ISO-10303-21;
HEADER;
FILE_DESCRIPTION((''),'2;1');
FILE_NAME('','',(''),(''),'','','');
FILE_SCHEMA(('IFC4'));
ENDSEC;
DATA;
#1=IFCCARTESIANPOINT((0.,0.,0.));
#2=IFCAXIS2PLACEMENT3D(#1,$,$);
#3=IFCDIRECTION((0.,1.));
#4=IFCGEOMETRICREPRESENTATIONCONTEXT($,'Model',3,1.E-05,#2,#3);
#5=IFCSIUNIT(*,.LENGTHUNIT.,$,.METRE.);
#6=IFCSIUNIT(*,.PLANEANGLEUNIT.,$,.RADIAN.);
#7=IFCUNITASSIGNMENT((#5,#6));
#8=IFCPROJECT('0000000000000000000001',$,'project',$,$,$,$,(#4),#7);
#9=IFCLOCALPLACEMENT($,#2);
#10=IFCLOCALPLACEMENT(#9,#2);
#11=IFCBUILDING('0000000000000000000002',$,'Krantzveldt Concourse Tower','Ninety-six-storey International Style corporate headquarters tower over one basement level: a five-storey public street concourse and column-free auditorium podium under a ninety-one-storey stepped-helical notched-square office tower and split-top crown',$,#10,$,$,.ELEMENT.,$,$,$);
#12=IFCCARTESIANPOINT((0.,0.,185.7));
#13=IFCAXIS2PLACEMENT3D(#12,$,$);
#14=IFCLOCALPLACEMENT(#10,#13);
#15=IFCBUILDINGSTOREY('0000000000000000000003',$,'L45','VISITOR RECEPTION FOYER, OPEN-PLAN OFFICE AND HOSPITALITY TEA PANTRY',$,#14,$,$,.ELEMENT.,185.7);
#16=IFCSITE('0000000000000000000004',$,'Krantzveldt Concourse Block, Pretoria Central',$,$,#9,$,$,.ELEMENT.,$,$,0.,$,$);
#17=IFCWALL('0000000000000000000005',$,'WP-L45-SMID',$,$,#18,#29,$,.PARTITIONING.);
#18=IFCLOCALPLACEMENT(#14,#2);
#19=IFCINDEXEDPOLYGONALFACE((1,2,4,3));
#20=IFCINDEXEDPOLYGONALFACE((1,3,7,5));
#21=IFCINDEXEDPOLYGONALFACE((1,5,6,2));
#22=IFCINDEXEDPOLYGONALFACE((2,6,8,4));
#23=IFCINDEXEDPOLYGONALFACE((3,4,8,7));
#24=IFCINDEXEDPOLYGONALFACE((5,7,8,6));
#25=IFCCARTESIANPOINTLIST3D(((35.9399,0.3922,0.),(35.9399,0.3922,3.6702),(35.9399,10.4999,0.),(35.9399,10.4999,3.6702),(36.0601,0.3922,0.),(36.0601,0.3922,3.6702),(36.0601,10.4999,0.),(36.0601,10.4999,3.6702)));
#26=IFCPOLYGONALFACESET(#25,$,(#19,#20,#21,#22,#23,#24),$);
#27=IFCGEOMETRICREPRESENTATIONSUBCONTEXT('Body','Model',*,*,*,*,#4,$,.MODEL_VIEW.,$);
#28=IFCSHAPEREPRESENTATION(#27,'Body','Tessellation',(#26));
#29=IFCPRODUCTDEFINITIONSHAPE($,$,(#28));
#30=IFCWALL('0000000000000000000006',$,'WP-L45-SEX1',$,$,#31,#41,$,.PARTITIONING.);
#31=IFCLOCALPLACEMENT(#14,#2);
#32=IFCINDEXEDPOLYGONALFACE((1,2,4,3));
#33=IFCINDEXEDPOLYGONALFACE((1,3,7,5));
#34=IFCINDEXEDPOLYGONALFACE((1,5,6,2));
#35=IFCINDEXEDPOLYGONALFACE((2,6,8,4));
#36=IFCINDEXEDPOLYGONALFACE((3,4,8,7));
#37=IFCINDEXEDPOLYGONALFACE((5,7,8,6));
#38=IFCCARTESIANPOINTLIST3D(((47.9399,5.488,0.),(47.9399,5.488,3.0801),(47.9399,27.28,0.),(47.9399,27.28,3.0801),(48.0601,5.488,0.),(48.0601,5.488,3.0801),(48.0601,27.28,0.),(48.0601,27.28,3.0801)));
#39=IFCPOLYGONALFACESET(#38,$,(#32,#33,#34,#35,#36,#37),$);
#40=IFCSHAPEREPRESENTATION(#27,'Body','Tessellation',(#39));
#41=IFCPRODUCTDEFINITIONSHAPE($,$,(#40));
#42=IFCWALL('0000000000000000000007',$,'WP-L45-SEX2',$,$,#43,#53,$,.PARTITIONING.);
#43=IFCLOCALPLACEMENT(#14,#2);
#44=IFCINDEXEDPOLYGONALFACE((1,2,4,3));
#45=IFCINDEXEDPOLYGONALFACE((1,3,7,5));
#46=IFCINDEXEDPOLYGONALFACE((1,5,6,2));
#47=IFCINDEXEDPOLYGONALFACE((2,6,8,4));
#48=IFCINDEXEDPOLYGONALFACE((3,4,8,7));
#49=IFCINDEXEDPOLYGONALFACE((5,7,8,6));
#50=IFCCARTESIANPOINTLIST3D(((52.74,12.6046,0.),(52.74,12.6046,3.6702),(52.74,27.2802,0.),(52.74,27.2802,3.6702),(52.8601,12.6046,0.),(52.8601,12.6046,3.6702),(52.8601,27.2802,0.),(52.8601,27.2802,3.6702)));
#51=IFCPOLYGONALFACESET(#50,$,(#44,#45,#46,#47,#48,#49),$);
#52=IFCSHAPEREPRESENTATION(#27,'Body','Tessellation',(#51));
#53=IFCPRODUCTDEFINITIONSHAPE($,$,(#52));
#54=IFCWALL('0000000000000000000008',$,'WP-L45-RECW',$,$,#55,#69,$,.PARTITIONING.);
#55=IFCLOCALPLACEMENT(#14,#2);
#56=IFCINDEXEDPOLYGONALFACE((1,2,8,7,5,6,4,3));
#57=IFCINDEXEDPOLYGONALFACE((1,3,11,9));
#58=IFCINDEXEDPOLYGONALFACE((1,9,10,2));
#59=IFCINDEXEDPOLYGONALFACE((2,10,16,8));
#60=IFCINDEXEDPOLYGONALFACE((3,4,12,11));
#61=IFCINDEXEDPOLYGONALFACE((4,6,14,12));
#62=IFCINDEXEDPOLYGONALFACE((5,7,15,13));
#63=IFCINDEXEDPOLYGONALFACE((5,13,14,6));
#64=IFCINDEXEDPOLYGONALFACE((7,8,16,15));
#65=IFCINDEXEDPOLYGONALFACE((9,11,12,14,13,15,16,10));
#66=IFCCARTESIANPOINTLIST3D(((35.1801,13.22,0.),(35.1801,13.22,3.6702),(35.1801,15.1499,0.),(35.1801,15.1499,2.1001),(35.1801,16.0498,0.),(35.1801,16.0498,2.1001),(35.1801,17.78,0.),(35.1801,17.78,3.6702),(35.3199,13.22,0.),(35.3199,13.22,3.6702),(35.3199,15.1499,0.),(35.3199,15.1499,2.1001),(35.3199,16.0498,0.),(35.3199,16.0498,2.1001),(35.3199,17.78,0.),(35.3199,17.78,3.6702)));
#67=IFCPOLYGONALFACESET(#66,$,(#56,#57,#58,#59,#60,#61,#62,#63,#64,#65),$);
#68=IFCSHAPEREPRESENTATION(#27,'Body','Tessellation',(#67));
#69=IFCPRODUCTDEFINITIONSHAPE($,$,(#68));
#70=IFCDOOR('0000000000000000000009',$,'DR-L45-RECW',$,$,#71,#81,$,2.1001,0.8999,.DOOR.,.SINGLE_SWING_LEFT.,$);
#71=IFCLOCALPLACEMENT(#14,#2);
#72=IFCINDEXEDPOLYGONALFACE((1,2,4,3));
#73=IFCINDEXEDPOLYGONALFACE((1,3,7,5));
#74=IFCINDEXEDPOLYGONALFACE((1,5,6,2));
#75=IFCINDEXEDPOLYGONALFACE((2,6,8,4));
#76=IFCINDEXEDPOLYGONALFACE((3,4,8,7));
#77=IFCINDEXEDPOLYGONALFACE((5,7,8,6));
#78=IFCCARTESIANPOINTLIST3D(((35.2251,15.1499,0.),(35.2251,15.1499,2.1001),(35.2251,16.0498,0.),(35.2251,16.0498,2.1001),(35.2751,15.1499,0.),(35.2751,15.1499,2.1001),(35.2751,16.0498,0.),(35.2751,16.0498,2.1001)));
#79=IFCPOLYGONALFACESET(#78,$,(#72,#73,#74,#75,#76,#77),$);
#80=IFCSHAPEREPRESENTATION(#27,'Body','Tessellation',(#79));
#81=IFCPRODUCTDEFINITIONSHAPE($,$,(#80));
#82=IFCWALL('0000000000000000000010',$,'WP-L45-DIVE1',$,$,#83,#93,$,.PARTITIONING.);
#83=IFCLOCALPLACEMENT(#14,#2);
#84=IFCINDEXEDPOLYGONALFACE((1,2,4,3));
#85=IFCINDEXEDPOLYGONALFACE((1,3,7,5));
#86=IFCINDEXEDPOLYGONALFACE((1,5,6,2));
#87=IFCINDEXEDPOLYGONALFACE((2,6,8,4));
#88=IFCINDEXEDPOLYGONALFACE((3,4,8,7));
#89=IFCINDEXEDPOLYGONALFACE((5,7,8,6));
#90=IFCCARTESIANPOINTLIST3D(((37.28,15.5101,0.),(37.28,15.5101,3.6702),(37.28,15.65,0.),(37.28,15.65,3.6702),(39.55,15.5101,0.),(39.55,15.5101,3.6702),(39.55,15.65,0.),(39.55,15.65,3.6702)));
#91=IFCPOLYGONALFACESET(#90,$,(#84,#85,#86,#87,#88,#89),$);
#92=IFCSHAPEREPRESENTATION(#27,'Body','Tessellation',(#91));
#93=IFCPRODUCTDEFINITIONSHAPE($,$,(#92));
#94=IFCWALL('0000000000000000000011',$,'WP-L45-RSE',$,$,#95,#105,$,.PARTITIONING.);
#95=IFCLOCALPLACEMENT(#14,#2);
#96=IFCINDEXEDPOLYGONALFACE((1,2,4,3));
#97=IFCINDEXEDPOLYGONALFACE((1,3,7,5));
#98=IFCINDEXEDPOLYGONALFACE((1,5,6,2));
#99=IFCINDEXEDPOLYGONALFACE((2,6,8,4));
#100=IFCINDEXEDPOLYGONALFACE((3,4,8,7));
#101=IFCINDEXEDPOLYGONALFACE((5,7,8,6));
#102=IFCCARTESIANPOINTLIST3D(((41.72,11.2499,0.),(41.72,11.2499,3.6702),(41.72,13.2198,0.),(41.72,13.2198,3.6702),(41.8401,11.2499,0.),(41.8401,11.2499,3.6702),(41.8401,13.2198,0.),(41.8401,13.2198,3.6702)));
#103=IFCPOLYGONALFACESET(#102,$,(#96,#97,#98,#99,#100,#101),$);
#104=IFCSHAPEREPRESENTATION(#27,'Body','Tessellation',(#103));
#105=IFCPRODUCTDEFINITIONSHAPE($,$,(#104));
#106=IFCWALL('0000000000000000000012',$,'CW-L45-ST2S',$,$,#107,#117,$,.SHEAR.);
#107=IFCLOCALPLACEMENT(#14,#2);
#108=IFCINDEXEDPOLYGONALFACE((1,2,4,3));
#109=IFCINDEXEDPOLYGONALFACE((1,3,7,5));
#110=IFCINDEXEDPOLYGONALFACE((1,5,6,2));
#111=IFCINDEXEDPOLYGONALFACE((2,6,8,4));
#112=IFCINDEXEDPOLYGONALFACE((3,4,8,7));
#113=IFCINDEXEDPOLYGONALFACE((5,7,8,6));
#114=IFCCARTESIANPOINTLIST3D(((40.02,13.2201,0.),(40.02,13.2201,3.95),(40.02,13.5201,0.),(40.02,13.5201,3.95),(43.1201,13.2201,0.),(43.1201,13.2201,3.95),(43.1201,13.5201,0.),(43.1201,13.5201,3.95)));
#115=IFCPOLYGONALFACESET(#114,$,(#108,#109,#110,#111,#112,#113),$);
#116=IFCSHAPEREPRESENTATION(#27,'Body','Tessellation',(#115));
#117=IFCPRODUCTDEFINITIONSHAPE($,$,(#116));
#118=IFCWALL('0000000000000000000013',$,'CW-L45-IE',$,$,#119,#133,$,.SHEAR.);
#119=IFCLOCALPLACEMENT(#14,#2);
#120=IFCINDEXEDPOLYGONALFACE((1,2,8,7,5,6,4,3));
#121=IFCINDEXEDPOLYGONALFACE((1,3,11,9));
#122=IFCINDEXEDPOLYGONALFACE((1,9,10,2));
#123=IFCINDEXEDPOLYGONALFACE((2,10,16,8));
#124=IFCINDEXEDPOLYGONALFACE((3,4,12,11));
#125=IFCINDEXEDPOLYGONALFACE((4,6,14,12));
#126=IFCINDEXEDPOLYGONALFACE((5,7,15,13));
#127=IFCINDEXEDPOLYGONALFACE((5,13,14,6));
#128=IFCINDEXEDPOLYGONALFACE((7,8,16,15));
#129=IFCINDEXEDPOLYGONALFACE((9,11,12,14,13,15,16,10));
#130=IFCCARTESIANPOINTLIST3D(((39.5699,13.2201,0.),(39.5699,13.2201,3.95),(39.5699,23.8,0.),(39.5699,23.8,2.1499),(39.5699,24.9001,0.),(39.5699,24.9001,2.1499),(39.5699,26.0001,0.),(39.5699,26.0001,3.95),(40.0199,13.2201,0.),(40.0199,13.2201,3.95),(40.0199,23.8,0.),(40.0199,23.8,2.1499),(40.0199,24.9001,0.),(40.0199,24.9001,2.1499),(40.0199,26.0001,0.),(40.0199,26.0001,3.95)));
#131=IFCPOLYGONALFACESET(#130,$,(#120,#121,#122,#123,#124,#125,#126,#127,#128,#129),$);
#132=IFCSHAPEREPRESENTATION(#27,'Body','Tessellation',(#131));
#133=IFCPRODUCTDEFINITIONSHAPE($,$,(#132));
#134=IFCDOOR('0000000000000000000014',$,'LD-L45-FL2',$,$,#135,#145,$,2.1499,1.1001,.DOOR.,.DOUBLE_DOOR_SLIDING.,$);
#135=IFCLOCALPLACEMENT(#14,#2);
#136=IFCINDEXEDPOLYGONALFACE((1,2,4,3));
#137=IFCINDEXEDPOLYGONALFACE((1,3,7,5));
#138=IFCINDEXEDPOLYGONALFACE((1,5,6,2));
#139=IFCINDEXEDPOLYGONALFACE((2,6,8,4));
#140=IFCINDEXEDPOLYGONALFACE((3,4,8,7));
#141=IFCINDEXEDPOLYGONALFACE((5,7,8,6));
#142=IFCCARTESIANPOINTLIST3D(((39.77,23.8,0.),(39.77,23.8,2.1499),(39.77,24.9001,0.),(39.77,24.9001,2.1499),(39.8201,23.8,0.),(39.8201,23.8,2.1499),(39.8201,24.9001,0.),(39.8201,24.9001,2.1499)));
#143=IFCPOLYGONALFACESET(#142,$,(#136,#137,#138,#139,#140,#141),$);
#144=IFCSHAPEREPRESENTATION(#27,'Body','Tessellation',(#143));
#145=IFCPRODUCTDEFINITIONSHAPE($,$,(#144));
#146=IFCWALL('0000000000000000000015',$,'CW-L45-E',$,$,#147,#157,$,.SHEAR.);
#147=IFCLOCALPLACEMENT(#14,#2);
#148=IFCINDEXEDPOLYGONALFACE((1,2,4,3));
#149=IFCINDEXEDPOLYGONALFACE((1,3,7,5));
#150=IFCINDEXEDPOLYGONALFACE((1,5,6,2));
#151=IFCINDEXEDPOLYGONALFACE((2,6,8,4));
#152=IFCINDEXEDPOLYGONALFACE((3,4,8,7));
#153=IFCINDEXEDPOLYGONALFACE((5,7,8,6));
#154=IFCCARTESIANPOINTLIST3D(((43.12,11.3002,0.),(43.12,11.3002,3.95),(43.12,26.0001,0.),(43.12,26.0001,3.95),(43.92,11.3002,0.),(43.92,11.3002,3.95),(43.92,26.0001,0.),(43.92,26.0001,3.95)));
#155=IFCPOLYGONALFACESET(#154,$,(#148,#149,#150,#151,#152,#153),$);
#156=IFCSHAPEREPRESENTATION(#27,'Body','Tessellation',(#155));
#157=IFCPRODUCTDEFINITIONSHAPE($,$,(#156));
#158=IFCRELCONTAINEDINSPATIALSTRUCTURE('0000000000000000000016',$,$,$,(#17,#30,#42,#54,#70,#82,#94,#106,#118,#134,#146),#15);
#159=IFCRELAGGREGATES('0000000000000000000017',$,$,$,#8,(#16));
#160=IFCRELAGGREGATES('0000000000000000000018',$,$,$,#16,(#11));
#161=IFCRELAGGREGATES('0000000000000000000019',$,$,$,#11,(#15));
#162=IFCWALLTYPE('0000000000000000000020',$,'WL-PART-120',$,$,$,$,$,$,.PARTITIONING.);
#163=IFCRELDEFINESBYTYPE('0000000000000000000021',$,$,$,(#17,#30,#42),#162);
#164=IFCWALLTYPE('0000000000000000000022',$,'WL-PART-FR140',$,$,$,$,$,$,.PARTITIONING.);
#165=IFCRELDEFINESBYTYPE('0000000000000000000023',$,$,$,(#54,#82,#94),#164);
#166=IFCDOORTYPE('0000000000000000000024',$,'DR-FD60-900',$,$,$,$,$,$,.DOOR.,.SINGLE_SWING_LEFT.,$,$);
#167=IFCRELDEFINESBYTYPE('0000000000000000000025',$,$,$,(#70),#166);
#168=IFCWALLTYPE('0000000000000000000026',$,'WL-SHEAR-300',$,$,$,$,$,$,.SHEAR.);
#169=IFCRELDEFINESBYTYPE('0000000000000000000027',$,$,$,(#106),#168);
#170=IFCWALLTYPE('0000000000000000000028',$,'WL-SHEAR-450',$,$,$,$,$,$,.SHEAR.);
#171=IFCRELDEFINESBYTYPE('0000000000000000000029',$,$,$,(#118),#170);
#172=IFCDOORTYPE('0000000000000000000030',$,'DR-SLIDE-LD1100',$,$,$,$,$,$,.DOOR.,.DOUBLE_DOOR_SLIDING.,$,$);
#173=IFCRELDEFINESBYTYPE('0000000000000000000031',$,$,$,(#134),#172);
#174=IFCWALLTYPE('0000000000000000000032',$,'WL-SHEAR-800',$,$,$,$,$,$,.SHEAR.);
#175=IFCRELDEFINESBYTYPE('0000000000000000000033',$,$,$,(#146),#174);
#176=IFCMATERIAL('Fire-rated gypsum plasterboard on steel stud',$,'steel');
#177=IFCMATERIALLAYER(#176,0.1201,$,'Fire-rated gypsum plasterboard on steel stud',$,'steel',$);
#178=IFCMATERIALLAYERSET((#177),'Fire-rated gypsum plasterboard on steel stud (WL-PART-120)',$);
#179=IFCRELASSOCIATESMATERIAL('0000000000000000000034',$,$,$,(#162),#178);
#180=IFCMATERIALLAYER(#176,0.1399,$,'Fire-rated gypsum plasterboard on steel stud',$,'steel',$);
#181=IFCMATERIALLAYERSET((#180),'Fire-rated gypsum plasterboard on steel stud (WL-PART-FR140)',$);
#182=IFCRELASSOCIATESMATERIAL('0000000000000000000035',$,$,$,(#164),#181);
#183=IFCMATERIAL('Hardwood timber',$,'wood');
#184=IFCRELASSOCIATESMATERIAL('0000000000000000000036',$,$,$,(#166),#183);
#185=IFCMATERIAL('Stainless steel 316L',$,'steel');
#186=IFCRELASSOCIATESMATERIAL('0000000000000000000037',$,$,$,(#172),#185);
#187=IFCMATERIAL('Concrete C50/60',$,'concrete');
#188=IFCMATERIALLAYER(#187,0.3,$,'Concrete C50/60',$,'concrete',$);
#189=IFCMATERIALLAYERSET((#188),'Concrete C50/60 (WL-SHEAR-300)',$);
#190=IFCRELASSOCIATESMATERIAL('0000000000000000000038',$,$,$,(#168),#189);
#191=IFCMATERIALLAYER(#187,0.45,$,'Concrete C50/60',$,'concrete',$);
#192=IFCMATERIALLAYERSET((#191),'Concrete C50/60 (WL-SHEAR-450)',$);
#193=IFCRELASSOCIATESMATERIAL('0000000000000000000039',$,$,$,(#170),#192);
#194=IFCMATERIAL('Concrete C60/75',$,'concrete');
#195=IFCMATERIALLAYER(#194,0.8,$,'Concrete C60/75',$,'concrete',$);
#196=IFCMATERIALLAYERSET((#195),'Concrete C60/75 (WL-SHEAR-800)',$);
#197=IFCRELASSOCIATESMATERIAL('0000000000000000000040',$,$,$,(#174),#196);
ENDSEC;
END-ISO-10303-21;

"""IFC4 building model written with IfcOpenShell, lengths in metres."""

from ifc_helpers import new_model, si_unit, direction, frame, frame_2d, origin, place, context, subcontext, project, spatial, rectangle, extrude, material, layer, layer_set, type_object, element, fill, save


model = new_model("IFC4")

# Units and contexts
model_context = context("Model", 3, precision=1e-05, world=origin(), true_north=direction((0.0, 1.0)))
body_context = subcontext(model_context, "Body", "Model", "MODEL_VIEW")
ifc_project = project(units=[si_unit("LENGTHUNIT", "METRE"), si_unit("PLANEANGLEUNIT", "RADIAN")], contexts=[model_context])

# Site, building, storey
site_placement = place(None, origin())
site = spatial("IfcSite", under=ifc_project, at=site_placement, Name="Krantzveldt Concourse Block, Pretoria Central", CompositionType="ELEMENT", RefElevation=0.0)
building_placement = place(site_placement, origin())
building = spatial("IfcBuilding", under=site, at=building_placement, Name="Krantzveldt Concourse Tower", Description="Ninety-six-storey International Style corporate headquarters tower over one basement level: a five-storey public street concourse and column-free auditorium podium under a ninety-one-storey stepped-helical notched-square office tower and split-top crown", CompositionType="ELEMENT")
storey_placement = place(building_placement, frame((0.0, 0.0, 185.7)))
storey = spatial("IfcBuildingStorey", under=building, at=storey_placement, Name="L45", Description="VISITOR RECEPTION FOYER, OPEN-PLAN OFFICE AND HOSPITALITY TEA PANTRY", CompositionType="ELEMENT", Elevation=185.7)

# Shared definitions
ifc_material_1 = material(Name="Concrete C50/60", Category="concrete")

# Walls
ifc_material_2 = material(Name="Fire-rated gypsum plasterboard on steel stud", Category="steel")
ifc_layer_1 = layer(ifc_material_2, 0.1201, Name="Fire-rated gypsum plasterboard on steel stud", Category="steel")
ifc_layer_set_1 = layer_set([ifc_layer_1], Name="Fire-rated gypsum plasterboard on steel stud (WL-PART-120)")
wall_type_1 = type_object("IfcWallType", Name="WL-PART-120", PredefinedType="PARTITIONING", material=ifc_layer_set_1)
wall_1_placement = place(storey_placement, frame((36.0, 0.3923, 0.0), z_axis=(0.0, 0.0, 1.0), x_axis=(0.0, 1.0, 0.0)))
element("IfcWall", 1, at=wall_1_placement, inside=storey, type_object=wall_type_1, Name="WP-L45-SMID", PredefinedType="PARTITIONING", context=body_context, shape_type="SweptSolid", body=[
    extrude(rectangle(XDim=10.1077, YDim=0.1201, at=frame_2d((5.0537, 0.0))), origin(), (0.0, 0.0, 1.0), 3.6702),
])
wall_2_placement = place(storey_placement, frame((48.0, 5.488, 0.0), z_axis=(0.0, 0.0, 1.0), x_axis=(0.0, 1.0, 0.0)))
element("IfcWall", 2, at=wall_2_placement, inside=storey, type_object=wall_type_1, Name="WP-L45-SEX1", PredefinedType="PARTITIONING", context=body_context, shape_type="SweptSolid", body=[
    extrude(rectangle(XDim=21.792, YDim=0.1201, at=frame_2d((10.896, 0.0))), origin(), (0.0, 0.0, 1.0), 3.0801),
])
wall_3_placement = place(storey_placement, frame((52.8, 12.6045, 0.0), z_axis=(0.0, 0.0, 1.0), x_axis=(0.0, 1.0, 0.0)))
element("IfcWall", 3, at=wall_3_placement, inside=storey, type_object=wall_type_1, Name="WP-L45-SEX2", PredefinedType="PARTITIONING", context=body_context, shape_type="SweptSolid", body=[
    extrude(rectangle(XDim=14.6755, YDim=0.1201, at=frame_2d((7.3379, 0.0))), origin(), (0.0, 0.0, 1.0), 3.6702),
])

# Wall, opening, door
ifc_layer_2 = layer(ifc_material_2, 0.1399, Name="Fire-rated gypsum plasterboard on steel stud", Category="steel")
ifc_layer_set_2 = layer_set([ifc_layer_2], Name="Fire-rated gypsum plasterboard on steel stud (WL-PART-FR140)")
wall_type_2 = type_object("IfcWallType", Name="WL-PART-FR140", PredefinedType="PARTITIONING", material=ifc_layer_set_2)
wall_4_placement = place(storey_placement, frame((35.25, 13.22, 0.0), z_axis=(0.0, 0.0, 1.0), x_axis=(0.0, 1.0, 0.0)))
wall_4 = element("IfcWall", 4, at=wall_4_placement, inside=storey, type_object=wall_type_2, Name="WP-L45-RECW", PredefinedType="PARTITIONING", context=body_context, shape_type="SweptSolid", body=[
    extrude(rectangle(XDim=4.5601, YDim=0.1399, at=frame_2d((2.28, 0.0))), origin(), (0.0, 0.0, 1.0), 3.6702),
])
opening_1_placement = place(wall_4_placement, frame((1.9299, 0.0, 0.0)))
opening_1 = element("IfcOpeningElement", 5, at=opening_1_placement, cuts=wall_4, PredefinedType="OPENING", context=body_context, shape_type="SweptSolid", body=[
    extrude(rectangle(XDim=0.8999, YDim=2.1001, at=frame_2d((0.45, 1.05))), frame((0.0, 0.0801, 0.0), z_axis=(0.0, -1.0, 0.0), x_axis=(1.0, 0.0, 0.0)), (0.0, 0.0, 1.0), 0.1599),
])
ifc_material_3 = material(Name="Hardwood timber", Category="wood")
door_type_1 = type_object("IfcDoorType", Name="DR-FD60-900", OperationType="SINGLE_SWING_LEFT", PredefinedType="DOOR", material=ifc_material_3)
door_1_placement = place(opening_1_placement, origin())
door_1 = element("IfcDoor", 6, at=door_1_placement, inside=storey, type_object=door_type_1, Name="DR-L45-RECW", OperationType="SINGLE_SWING_LEFT", OverallHeight=2.1001, OverallWidth=0.8999, PredefinedType="DOOR", context=body_context, shape_type="SweptSolid", body=[
    extrude(rectangle(XDim=0.8999, YDim=2.1001, at=frame_2d((0.45, 1.05))), frame((0.0, 0.0249, 0.0), z_axis=(0.0, -1.0, 0.0), x_axis=(1.0, 0.0, 0.0)), (0.0, 0.0, 1.0), 0.05),
])
fill(opening_1, door_1)

# Shared definitions
ifc_material_4 = material(Name="Stainless steel 316L", Category="steel")
door_type_2 = type_object("IfcDoorType", Name="DR-SLIDE-LD1100", OperationType="DOUBLE_DOOR_SLIDING", PredefinedType="DOOR", material=ifc_material_4)

# Walls
wall_5_placement = place(storey_placement, frame((37.28, 15.5801, 0.0), z_axis=(0.0, 0.0, 1.0), x_axis=(1.0, 0.0, 0.0)))
element("IfcWall", 7, at=wall_5_placement, inside=storey, type_object=wall_type_2, Name="WP-L45-DIVE1", PredefinedType="PARTITIONING", context=body_context, shape_type="SweptSolid", body=[
    extrude(rectangle(XDim=2.27, YDim=0.1399, at=frame_2d((1.135, 0.0))), origin(), (0.0, 0.0, 1.0), 3.6702),
])
wall_6_placement = place(storey_placement, frame((41.78, 11.25, 0.0), z_axis=(0.0, 0.0, 1.0), x_axis=(0.0, 1.0, 0.0)))
element("IfcWall", 8, at=wall_6_placement, inside=storey, type_object=wall_type_2, Name="WP-L45-RSE", PredefinedType="PARTITIONING", context=body_context, shape_type="SweptSolid", body=[
    extrude(rectangle(XDim=1.97, YDim=0.1201, at=frame_2d((0.9849, 0.0))), origin(), (0.0, 0.0, 1.0), 3.6702),
])
ifc_layer_3 = layer(ifc_material_1, 0.3, Name="Concrete C50/60", Category="concrete")
ifc_layer_set_3 = layer_set([ifc_layer_3], Name="Concrete C50/60 (WL-SHEAR-300)")
wall_type_3 = type_object("IfcWallType", Name="WL-SHEAR-300", PredefinedType="SHEAR", material=ifc_layer_set_3)
wall_7_placement = place(storey_placement, frame((40.02, 13.3701, 0.0), z_axis=(0.0, 0.0, 1.0), x_axis=(1.0, 0.0, 0.0)))
element("IfcWall", 9, at=wall_7_placement, inside=storey, type_object=wall_type_3, Name="CW-L45-ST2S", PredefinedType="SHEAR", context=body_context, shape_type="SweptSolid", body=[
    extrude(rectangle(XDim=3.1001, YDim=0.3, at=frame_2d((1.55, 0.0))), origin(), (0.0, 0.0, 1.0), 3.95),
])

# Wall, opening, door
ifc_layer_4 = layer(ifc_material_1, 0.45, Name="Concrete C50/60", Category="concrete")
ifc_layer_set_4 = layer_set([ifc_layer_4], Name="Concrete C50/60 (WL-SHEAR-450)")
wall_type_4 = type_object("IfcWallType", Name="WL-SHEAR-450", PredefinedType="SHEAR", material=ifc_layer_set_4)
wall_8_placement = place(storey_placement, frame((39.7949, 13.22, 0.0), z_axis=(0.0, 0.0, 1.0), x_axis=(0.0, 1.0, 0.0)))
wall_8 = element("IfcWall", 10, at=wall_8_placement, inside=storey, type_object=wall_type_4, Name="CW-L45-IE", PredefinedType="SHEAR", context=body_context, shape_type="SweptSolid", body=[
    extrude(rectangle(XDim=12.78, YDim=0.45, at=frame_2d((6.3901, 0.0))), origin(), (0.0, 0.0, 1.0), 3.95),
])
opening_2_placement = place(wall_8_placement, frame((10.5801, 0.0, 0.0)))
opening_2 = element("IfcOpeningElement", 11, at=opening_2_placement, cuts=wall_8, PredefinedType="OPENING", context=body_context, shape_type="SweptSolid", body=[
    extrude(rectangle(XDim=1.1001, YDim=2.1499, at=frame_2d((0.55, 1.075))), frame((0.0, 0.2349, 0.0), z_axis=(0.0, -1.0, 0.0), x_axis=(1.0, 0.0, 0.0)), (0.0, 0.0, 1.0), 0.47),
])
door_2_placement = place(opening_2_placement, origin())
door_2 = element("IfcDoor", 12, at=door_2_placement, inside=storey, type_object=door_type_2, Name="LD-L45-FL2", OperationType="DOUBLE_DOOR_SLIDING", OverallHeight=2.1499, OverallWidth=1.1001, PredefinedType="DOOR", context=body_context, shape_type="SweptSolid", body=[
    extrude(rectangle(XDim=1.1001, YDim=2.1499, at=frame_2d((0.55, 1.075))), frame((0.0, 0.0249, 0.0), z_axis=(0.0, -1.0, 0.0), x_axis=(1.0, 0.0, 0.0)), (0.0, 0.0, 1.0), 0.05),
])
fill(opening_2, door_2)

# Wall
ifc_material_5 = material(Name="Concrete C60/75", Category="concrete")
ifc_layer_5 = layer(ifc_material_5, 0.8, Name="Concrete C60/75", Category="concrete")
ifc_layer_set_5 = layer_set([ifc_layer_5], Name="Concrete C60/75 (WL-SHEAR-800)")
wall_type_5 = type_object("IfcWallType", Name="WL-SHEAR-800", PredefinedType="SHEAR", material=ifc_layer_set_5)
wall_9_placement = place(storey_placement, frame((43.52, 11.3, 0.0), z_axis=(0.0, 0.0, 1.0), x_axis=(0.0, 1.0, 0.0)))
element("IfcWall", 13, at=wall_9_placement, inside=storey, type_object=wall_type_5, Name="CW-L45-E", PredefinedType="SHEAR", context=body_context, shape_type="SweptSolid", body=[
    extrude(rectangle(XDim=14.7, YDim=0.8, at=frame_2d((7.3501, 0.0))), origin(), (0.0, 0.0, 1.0), 3.95),
])

save(model, "model.ifc")
